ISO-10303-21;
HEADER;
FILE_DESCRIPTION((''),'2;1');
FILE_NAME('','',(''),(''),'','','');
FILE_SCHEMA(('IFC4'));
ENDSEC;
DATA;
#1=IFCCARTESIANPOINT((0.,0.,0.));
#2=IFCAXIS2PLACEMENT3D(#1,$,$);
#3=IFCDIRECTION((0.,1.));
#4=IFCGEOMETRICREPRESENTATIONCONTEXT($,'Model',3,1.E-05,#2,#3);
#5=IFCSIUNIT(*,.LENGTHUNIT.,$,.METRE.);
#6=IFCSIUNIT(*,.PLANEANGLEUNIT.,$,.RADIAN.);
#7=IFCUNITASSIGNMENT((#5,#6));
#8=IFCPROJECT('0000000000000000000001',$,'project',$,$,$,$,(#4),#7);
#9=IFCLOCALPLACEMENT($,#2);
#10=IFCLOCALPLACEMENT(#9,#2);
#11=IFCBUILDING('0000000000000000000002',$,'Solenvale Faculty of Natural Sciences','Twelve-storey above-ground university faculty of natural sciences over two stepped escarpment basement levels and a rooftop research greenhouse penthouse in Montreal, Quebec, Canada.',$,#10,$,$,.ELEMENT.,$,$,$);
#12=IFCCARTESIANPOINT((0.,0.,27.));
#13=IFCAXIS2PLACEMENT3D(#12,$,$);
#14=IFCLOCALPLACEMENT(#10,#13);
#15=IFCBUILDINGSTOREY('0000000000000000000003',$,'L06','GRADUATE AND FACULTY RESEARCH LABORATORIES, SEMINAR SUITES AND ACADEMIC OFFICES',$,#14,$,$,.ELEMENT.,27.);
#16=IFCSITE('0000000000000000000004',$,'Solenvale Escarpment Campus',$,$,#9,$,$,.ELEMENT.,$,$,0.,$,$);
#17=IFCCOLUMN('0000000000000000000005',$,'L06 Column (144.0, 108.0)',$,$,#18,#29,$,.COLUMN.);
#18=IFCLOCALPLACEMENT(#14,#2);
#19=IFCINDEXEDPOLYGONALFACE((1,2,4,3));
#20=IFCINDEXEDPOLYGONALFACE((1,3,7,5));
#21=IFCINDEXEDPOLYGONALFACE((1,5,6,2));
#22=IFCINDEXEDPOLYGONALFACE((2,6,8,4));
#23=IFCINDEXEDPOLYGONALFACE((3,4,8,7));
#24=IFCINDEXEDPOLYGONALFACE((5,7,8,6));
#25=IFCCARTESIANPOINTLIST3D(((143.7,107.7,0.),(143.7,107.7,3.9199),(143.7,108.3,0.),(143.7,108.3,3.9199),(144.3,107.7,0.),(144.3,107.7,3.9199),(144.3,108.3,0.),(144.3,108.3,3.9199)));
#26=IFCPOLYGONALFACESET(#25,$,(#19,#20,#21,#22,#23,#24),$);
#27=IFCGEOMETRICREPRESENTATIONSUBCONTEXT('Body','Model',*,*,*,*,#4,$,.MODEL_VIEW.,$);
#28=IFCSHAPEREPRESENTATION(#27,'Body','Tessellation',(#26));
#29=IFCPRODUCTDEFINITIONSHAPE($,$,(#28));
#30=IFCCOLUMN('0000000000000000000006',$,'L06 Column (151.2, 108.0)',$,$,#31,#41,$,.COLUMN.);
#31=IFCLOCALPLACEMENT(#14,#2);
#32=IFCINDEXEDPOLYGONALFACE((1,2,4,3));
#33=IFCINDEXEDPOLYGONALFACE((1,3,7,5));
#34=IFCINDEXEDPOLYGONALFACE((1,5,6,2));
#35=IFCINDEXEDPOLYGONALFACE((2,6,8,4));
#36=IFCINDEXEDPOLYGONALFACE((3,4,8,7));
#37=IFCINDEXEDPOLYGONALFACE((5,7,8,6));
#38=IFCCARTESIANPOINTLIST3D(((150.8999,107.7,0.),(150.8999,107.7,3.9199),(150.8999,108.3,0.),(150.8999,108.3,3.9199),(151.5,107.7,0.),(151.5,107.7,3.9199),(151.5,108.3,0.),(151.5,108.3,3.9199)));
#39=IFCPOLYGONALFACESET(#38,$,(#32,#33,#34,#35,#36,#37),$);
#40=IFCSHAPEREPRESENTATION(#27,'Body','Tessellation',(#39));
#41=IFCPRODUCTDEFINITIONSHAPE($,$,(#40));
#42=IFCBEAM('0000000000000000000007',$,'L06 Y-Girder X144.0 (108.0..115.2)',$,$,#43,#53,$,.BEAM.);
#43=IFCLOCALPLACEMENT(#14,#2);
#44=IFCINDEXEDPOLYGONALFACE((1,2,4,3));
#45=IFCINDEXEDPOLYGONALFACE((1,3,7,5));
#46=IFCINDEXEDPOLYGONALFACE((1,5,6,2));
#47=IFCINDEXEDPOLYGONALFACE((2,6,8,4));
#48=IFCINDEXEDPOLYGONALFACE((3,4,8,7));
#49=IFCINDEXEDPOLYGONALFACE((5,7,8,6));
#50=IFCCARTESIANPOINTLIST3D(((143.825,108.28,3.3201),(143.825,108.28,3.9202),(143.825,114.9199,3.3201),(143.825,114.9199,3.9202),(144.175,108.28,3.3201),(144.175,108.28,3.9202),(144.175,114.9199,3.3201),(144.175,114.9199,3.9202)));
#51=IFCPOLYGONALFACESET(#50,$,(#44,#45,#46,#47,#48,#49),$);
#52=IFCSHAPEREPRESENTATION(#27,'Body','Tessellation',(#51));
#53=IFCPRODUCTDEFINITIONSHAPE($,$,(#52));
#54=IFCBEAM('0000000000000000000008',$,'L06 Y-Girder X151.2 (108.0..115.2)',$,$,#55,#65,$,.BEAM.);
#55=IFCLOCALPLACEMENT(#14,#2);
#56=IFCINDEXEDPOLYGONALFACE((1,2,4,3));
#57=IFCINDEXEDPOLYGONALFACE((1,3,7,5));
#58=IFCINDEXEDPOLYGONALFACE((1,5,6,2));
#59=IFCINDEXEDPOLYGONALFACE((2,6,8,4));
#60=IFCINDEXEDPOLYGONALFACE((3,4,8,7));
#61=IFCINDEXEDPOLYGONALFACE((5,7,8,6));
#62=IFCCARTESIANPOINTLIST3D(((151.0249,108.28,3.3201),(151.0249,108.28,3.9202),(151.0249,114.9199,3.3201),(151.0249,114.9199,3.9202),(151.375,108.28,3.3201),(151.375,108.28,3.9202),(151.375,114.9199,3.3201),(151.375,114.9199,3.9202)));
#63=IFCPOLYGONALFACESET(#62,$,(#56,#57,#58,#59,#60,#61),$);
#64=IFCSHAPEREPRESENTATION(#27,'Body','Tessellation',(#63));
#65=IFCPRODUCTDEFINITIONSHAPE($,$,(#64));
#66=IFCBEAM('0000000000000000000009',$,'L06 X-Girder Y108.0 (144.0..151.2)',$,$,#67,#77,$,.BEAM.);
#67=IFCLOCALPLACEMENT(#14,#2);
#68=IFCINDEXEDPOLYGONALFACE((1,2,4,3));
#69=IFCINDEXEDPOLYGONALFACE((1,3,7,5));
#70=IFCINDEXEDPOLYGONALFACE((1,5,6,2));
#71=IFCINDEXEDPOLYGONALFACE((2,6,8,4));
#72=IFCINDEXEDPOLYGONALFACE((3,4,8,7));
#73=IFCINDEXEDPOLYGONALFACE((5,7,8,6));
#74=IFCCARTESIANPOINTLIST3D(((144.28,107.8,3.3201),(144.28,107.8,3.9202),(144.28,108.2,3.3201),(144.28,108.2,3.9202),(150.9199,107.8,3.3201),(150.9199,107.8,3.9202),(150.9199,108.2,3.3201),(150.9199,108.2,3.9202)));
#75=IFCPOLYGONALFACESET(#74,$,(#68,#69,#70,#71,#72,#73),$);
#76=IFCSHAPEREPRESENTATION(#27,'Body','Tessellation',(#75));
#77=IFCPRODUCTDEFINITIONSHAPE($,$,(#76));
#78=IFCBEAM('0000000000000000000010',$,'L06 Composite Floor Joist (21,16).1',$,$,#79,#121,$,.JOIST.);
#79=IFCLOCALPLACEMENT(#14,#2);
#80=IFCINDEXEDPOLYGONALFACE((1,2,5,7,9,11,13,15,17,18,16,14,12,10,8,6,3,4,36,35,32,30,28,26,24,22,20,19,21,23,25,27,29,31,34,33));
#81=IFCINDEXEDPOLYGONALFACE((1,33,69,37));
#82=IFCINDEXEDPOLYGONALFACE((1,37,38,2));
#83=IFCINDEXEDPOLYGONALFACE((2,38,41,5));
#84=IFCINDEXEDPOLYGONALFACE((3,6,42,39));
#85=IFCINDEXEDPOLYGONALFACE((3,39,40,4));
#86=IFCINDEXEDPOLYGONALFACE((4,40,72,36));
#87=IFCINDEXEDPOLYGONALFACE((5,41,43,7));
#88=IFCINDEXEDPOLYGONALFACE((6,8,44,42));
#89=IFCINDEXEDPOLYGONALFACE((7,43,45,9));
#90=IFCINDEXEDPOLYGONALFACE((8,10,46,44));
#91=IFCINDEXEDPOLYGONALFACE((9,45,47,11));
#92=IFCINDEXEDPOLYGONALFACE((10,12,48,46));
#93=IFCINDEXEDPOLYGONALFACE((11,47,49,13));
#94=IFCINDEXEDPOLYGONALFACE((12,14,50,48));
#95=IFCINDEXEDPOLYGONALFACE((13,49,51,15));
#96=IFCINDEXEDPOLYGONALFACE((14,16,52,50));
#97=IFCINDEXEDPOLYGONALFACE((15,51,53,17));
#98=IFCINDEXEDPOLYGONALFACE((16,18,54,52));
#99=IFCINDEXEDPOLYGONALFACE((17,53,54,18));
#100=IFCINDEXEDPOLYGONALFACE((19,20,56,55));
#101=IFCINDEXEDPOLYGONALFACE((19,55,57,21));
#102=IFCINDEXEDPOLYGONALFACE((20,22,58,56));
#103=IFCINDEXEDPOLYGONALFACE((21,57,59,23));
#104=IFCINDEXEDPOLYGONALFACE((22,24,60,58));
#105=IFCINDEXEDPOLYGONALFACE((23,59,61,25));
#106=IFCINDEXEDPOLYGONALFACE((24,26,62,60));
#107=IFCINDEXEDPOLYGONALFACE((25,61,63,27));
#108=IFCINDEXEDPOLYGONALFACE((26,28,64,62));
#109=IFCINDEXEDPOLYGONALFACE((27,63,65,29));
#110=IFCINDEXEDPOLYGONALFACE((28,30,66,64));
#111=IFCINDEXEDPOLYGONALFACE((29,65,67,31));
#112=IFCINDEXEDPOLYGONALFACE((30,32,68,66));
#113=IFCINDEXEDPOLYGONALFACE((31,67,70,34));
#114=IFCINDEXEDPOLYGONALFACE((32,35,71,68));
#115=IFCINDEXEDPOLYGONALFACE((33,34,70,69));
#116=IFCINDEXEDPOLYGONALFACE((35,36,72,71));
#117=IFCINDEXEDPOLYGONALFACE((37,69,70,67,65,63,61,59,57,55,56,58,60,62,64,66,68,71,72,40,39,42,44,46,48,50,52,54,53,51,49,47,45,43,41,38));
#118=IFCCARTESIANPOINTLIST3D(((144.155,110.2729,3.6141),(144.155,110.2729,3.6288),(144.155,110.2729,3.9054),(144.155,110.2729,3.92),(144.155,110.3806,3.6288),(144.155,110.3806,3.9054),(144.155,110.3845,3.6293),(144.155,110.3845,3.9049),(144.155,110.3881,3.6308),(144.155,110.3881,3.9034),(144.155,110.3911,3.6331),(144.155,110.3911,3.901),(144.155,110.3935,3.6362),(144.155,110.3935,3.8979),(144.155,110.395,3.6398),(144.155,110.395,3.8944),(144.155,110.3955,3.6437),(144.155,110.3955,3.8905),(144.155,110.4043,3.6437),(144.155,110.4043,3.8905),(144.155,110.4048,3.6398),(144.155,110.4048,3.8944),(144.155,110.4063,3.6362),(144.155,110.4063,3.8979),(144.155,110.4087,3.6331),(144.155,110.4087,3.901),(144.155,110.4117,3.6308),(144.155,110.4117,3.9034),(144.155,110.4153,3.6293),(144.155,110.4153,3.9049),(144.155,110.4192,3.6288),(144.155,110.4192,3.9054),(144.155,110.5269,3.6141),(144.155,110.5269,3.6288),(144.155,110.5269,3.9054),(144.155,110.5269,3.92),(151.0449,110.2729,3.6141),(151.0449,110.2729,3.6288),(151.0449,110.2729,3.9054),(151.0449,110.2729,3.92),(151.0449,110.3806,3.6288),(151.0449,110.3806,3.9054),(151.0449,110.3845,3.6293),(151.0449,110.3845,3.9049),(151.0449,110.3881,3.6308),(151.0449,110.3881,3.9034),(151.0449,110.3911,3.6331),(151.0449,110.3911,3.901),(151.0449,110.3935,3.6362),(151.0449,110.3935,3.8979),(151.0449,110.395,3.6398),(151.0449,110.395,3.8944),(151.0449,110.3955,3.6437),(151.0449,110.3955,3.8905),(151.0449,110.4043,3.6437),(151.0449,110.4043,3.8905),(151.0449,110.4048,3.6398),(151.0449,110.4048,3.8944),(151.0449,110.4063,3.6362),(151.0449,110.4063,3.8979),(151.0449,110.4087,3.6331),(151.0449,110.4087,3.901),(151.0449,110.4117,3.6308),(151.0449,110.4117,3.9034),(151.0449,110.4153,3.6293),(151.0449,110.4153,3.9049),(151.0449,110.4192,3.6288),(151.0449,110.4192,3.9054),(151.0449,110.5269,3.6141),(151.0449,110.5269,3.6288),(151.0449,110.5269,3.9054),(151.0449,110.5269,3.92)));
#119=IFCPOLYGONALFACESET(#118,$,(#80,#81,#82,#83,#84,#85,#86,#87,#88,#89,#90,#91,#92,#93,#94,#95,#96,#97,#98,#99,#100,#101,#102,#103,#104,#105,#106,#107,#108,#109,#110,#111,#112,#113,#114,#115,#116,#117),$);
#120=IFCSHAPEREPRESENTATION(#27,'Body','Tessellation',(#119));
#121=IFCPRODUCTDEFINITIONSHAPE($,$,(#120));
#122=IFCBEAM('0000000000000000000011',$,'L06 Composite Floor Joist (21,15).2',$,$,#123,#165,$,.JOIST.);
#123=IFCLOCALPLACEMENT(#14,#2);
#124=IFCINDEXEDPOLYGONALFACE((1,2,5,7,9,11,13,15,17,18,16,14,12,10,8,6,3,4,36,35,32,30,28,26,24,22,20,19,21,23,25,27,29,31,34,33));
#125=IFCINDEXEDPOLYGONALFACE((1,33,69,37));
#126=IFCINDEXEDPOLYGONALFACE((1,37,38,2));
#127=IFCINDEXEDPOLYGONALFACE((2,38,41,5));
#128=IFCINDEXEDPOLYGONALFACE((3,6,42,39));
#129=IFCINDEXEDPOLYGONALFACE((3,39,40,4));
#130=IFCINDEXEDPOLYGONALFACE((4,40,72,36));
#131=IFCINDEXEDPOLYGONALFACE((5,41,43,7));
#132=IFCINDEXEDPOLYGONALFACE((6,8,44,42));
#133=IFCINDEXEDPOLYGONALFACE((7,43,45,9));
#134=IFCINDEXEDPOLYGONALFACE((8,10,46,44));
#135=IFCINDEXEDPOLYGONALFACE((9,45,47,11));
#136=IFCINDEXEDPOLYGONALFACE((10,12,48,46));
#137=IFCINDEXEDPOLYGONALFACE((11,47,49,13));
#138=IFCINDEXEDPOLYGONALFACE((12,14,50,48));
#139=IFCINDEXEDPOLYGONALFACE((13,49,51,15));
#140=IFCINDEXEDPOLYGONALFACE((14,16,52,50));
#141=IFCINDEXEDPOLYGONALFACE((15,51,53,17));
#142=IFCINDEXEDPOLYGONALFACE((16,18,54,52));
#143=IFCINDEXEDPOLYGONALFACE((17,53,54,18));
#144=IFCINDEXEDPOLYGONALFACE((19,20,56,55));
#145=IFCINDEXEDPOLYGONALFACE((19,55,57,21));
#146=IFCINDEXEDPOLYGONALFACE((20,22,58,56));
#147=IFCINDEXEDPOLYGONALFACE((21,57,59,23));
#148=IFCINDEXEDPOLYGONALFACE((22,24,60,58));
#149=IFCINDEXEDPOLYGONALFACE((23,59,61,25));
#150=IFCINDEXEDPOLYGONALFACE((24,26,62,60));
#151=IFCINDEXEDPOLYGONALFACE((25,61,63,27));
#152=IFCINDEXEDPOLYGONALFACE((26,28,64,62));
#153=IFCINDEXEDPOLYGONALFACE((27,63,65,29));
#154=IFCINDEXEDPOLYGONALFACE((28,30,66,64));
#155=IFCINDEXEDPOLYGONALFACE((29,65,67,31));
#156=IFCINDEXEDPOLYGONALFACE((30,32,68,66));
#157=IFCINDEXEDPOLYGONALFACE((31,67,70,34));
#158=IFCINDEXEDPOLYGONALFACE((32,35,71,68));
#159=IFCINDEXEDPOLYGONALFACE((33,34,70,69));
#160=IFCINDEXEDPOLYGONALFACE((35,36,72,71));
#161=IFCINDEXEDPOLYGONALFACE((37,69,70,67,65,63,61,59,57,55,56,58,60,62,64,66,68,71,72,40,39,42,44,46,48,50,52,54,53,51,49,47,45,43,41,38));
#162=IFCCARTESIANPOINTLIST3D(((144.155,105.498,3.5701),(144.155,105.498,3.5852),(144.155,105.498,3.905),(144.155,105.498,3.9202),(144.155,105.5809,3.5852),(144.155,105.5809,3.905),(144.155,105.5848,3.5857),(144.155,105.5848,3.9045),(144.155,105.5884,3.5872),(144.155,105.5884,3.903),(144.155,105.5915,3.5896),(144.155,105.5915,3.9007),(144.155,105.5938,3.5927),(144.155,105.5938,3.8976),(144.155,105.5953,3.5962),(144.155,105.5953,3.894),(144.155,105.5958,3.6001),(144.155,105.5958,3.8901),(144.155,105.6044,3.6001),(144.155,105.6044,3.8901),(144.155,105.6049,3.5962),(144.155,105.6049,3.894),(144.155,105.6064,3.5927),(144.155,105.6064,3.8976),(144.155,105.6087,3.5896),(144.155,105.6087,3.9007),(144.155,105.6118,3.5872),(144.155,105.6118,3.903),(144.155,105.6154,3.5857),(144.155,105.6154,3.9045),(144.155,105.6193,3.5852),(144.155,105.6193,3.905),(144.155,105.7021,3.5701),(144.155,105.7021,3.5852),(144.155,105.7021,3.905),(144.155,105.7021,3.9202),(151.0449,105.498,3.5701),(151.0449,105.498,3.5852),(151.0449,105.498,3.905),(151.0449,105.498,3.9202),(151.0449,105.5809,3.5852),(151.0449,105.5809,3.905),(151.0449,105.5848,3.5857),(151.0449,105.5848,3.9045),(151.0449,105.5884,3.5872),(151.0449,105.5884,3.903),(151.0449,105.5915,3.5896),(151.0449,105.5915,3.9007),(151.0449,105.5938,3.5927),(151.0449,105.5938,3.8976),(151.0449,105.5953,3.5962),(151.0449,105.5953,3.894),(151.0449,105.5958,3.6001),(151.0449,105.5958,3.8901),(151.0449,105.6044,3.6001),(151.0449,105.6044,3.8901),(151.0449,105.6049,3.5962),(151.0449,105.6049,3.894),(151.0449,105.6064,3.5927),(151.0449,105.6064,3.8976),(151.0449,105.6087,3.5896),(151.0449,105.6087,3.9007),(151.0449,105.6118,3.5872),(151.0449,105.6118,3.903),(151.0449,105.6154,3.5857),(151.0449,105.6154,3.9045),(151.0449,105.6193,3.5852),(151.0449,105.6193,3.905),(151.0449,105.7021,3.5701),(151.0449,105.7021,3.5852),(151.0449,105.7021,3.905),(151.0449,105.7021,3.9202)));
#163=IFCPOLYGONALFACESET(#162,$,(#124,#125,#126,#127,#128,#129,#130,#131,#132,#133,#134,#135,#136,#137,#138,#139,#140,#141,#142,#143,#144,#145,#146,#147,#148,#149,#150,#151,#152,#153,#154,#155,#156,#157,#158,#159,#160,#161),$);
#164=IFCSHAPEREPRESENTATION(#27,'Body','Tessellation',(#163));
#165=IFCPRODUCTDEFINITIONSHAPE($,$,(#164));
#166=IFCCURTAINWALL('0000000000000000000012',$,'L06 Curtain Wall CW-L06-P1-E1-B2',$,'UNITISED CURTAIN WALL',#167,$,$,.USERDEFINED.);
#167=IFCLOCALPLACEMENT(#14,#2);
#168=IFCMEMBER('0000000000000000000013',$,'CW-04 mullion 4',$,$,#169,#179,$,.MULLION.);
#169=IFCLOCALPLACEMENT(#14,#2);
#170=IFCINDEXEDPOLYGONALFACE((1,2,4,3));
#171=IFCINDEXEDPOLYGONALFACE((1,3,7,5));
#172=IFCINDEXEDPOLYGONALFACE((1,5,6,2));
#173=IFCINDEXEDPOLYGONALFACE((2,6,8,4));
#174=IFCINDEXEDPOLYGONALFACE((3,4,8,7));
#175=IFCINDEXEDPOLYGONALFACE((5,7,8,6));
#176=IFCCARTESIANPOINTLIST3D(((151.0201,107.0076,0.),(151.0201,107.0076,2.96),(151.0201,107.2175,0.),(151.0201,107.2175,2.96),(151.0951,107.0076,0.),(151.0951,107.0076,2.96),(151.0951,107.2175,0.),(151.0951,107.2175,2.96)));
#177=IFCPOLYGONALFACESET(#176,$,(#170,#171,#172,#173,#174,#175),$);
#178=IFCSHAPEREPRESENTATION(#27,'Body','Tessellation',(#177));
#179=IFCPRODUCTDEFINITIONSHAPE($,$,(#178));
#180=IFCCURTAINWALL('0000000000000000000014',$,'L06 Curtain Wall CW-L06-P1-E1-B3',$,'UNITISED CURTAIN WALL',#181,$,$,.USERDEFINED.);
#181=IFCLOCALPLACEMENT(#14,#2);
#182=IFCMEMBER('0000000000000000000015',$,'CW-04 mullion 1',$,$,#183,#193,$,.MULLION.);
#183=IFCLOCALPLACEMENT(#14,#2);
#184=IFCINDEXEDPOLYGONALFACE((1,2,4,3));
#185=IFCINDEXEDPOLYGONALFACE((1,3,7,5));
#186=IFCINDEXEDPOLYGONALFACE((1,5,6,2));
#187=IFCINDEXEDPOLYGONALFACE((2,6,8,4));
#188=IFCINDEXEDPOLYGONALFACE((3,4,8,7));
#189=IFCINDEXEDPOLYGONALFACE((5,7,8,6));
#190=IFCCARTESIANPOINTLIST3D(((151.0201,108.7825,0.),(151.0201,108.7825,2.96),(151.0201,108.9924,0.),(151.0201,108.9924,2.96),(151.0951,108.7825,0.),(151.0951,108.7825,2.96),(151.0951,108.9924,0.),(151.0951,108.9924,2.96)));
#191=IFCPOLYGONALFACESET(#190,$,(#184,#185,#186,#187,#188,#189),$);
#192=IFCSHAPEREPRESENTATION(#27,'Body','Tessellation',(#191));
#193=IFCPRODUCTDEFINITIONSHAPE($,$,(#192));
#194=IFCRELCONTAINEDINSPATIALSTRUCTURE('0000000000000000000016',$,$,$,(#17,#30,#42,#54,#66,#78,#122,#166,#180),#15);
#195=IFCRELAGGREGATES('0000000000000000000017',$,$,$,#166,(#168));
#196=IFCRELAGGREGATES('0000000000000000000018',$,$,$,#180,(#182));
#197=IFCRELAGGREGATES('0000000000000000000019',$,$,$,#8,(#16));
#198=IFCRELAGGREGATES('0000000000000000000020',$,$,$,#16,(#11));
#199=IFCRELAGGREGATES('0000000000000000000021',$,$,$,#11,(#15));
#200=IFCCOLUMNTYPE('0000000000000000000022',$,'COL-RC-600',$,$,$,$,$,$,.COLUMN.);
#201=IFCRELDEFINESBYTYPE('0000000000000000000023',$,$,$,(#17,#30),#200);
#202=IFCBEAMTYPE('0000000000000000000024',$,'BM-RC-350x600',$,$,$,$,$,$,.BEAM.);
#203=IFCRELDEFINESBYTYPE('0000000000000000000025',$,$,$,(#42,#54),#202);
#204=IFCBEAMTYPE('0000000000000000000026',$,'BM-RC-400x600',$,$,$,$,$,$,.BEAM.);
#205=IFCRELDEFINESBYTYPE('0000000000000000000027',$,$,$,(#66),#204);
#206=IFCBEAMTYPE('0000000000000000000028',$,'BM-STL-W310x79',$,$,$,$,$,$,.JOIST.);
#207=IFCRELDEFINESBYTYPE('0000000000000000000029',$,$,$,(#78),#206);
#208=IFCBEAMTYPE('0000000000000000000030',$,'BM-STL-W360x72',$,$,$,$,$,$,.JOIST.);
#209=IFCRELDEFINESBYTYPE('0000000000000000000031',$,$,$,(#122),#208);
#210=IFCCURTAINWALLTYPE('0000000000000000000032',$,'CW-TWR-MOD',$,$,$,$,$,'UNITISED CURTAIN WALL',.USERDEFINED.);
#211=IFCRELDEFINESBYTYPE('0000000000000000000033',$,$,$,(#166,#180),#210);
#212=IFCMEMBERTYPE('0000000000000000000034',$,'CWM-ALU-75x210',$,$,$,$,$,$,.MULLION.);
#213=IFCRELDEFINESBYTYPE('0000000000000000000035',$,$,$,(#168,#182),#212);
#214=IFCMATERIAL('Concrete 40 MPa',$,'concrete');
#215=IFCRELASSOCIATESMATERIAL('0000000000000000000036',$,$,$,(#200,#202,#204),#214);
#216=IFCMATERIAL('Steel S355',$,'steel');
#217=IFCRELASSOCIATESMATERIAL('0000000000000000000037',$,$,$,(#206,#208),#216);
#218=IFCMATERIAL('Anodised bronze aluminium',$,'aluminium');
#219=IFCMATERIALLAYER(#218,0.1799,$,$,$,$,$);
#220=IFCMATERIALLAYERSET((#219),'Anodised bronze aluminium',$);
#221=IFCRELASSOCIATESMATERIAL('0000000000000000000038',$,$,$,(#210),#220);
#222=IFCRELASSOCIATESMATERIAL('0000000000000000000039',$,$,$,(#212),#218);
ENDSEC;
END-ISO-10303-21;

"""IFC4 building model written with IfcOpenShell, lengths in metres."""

from ifc_helpers import new_model, si_unit, direction, frame, origin, origin_2d, place, context, subcontext, project, spatial, rectangle, i_section, extrude, material, layer, layer_set, material_profile, profile_set, type_object, element, aggregate, save


model = new_model("IFC4")

# Units and contexts
model_context = context("Model", 3, precision=1e-05, world=origin(), true_north=direction((0.0, 1.0)))
body_context = subcontext(model_context, "Body", "Model", "MODEL_VIEW")
ifc_project = project(units=[si_unit("LENGTHUNIT", "METRE"), si_unit("PLANEANGLEUNIT", "RADIAN")], contexts=[model_context])

# Site, building, storey
site_placement = place(None, origin())
site = spatial("IfcSite", under=ifc_project, at=site_placement, Name="Solenvale Escarpment Campus", CompositionType="ELEMENT", RefElevation=0.0)
building_placement = place(site_placement, origin())
building = spatial("IfcBuilding", under=site, at=building_placement, Name="Solenvale Faculty of Natural Sciences", Description="Twelve-storey above-ground university faculty of natural sciences over two stepped escarpment basement levels and a rooftop research greenhouse penthouse in Montreal, Quebec, Canada.", CompositionType="ELEMENT")
storey_placement = place(building_placement, frame((0.0, 0.0, 27.0)))
storey = spatial("IfcBuildingStorey", under=building, at=storey_placement, Name="L06", Description="GRADUATE AND FACULTY RESEARCH LABORATORIES, SEMINAR SUITES AND ACADEMIC OFFICES", CompositionType="ELEMENT", Elevation=27.0)

# Columns
ifc_material_1 = material(Name="Concrete 40 MPa", Category="concrete")
ifc_material_profile_1 = material_profile(ifc_material_1, rectangle(XDim=0.6001, YDim=0.6001, at=origin_2d()), Name="RC-COL-600x600")
ifc_profile_set_1 = profile_set([ifc_material_profile_1], Name="Concrete 40 MPa")
column_type = type_object("IfcColumnType", Name="COL-RC-600", PredefinedType="COLUMN", material=ifc_profile_set_1)
for number, where, z_axis, x_axis, name in (
    (1, (144.0, 108.0, 0.0), (0.0, 0.0, 1.0), (1.0, 0.0, 0.0), "L06 Column (144.0, 108.0)"),
    (2, (151.2, 108.0, 0.0), (0.0, 0.0, 1.0), (1.0, 0.0, 0.0), "L06 Column (151.2, 108.0)"),
):
    element("IfcColumn", number, at=place(storey_placement, frame(where, z_axis=z_axis, x_axis=x_axis)), inside=storey, type_object=column_type, Name=name, PredefinedType="COLUMN", context=body_context, shape_type="SweptSolid", body=[
        extrude(rectangle(XDim=0.6001, YDim=0.6001, at=origin_2d()), origin(), (0.0, 0.0, 1.0), 3.9199),
    ])

# Beams
ifc_material_profile_2 = material_profile(ifc_material_1, rectangle(XDim=0.3501, YDim=0.6001, at=origin_2d()), Name="RC-BM-350x600")
ifc_profile_set_2 = profile_set([ifc_material_profile_2], Name="Concrete 40 MPa")
beam_type_1 = type_object("IfcBeamType", Name="BM-RC-350x600", PredefinedType="BEAM", material=ifc_profile_set_2)
for number, where, z_axis, x_axis, name in (
    (3, (144.0, 108.28, 3.6201), (0.0, 1.0, 0.0), (-1.0, 0.0, 0.0), "L06 Y-Girder X144.0 (108.0..115.2)"),
    (4, (151.2, 108.28, 3.6201), (0.0, 1.0, 0.0), (-1.0, 0.0, 0.0), "L06 Y-Girder X151.2 (108.0..115.2)"),
):
    element("IfcBeam", number, at=place(storey_placement, frame(where, z_axis=z_axis, x_axis=x_axis)), inside=storey, type_object=beam_type_1, Name=name, PredefinedType="BEAM", context=body_context, shape_type="SweptSolid", body=[
        extrude(rectangle(XDim=0.3501, YDim=0.6001, at=origin_2d()), origin(), (0.0, 0.0, 1.0), 6.6399),
    ])
ifc_material_profile_3 = material_profile(ifc_material_1, rectangle(XDim=0.3999, YDim=0.6001, at=origin_2d()), Name="RC-BM-400x600")
ifc_profile_set_3 = profile_set([ifc_material_profile_3], Name="Concrete 40 MPa")
beam_type_2 = type_object("IfcBeamType", Name="BM-RC-400x600", PredefinedType="BEAM", material=ifc_profile_set_3)
beam_1_placement = place(storey_placement, frame((144.28, 108.0, 3.6201), z_axis=(1.0, 0.0, 0.0), x_axis=(0.0, 1.0, 0.0)))
element("IfcBeam", 5, at=beam_1_placement, inside=storey, type_object=beam_type_2, Name="L06 X-Girder Y108.0 (144.0..151.2)", PredefinedType="BEAM", context=body_context, shape_type="SweptSolid", body=[
    extrude(rectangle(XDim=0.3999, YDim=0.6001, at=origin_2d()), origin(), (0.0, 0.0, 1.0), 6.6399),
])
ifc_material_2 = material(Name="Steel S355", Category="steel")
ifc_material_profile_4 = material_profile(ifc_material_2, i_section(OverallWidth=0.2539, OverallDepth=0.3059, WebThickness=0.0088, FlangeThickness=0.0146, FilletRadius=0.0149, at=origin_2d()), Name="W310x79")
ifc_profile_set_4 = profile_set([ifc_material_profile_4], Name="Steel S355")
beam_type_3 = type_object("IfcBeamType", Name="BM-STL-W310x79", PredefinedType="JOIST", material=ifc_profile_set_4)
beam_2_placement = place(storey_placement, frame((144.155, 110.3999, 3.7671), z_axis=(1.0, 0.0, 0.0), x_axis=(0.0, 1.0, 0.0)))
element("IfcBeam", 6, at=beam_2_placement, inside=storey, type_object=beam_type_3, Name="L06 Composite Floor Joist (21,16).1", PredefinedType="JOIST", context=body_context, shape_type="SweptSolid", body=[
    extrude(i_section(OverallWidth=0.2539, OverallDepth=0.3059, WebThickness=0.0088, FlangeThickness=0.0146, FilletRadius=0.0149, at=origin_2d()), origin(), (0.0, 0.0, 1.0), 6.8899),
])
ifc_material_profile_5 = material_profile(ifc_material_2, i_section(OverallWidth=0.2041, OverallDepth=0.3501, WebThickness=0.0085, FlangeThickness=0.0151, FilletRadius=0.0149, at=origin_2d()), Name="W360x72")
ifc_profile_set_5 = profile_set([ifc_material_profile_5], Name="Steel S355")
beam_type_4 = type_object("IfcBeamType", Name="BM-STL-W360x72", PredefinedType="JOIST", material=ifc_profile_set_5)
beam_3_placement = place(storey_placement, frame((144.155, 105.6001, 3.7451), z_axis=(1.0, 0.0, 0.0), x_axis=(0.0, 1.0, 0.0)))
element("IfcBeam", 7, at=beam_3_placement, inside=storey, type_object=beam_type_4, Name="L06 Composite Floor Joist (21,15).2", PredefinedType="JOIST", context=body_context, shape_type="SweptSolid", body=[
    extrude(i_section(OverallWidth=0.2041, OverallDepth=0.3501, WebThickness=0.0085, FlangeThickness=0.0151, FilletRadius=0.0149, at=origin_2d()), origin(), (0.0, 0.0, 1.0), 6.8899),
])

# Curtain wall, member
ifc_material_3 = material(Name="Anodised bronze aluminium", Category="aluminium")
ifc_layer_1 = layer(ifc_material_3, 0.1799)
ifc_layer_set_1 = layer_set([ifc_layer_1], Name="Anodised bronze aluminium")
curtain_wall_type = type_object("IfcCurtainWallType", Name="CW-TWR-MOD", ElementType="UNITISED CURTAIN WALL", PredefinedType="USERDEFINED", material=ifc_layer_set_1)
curtain_wall_1_placement = place(storey_placement, origin())
curtain_wall_1 = element("IfcCurtainWall", 8, at=curtain_wall_1_placement, inside=storey, type_object=curtain_wall_type, Name="L06 Curtain Wall CW-L06-P1-E1-B2", ObjectType="UNITISED CURTAIN WALL", PredefinedType="USERDEFINED")
ifc_material_profile_6 = material_profile(ifc_material_3, rectangle(XDim=0.075, YDim=0.21, at=origin_2d()), Name="ALU-MUL-75x210")
ifc_profile_set_6 = profile_set([ifc_material_profile_6], Name="Anodised bronze aluminium")
member_type_1 = type_object("IfcMemberType", Name="CWM-ALU-75x210", PredefinedType="MULLION", material=ifc_profile_set_6)
member_1_placement = place(storey_placement, frame((151.0576, 107.1125, 0.0), z_axis=(0.0, 0.0, 1.0), x_axis=(-1.0, 0.0, 0.0)))
member_1 = element("IfcMember", 9, at=member_1_placement, type_object=member_type_1, Name="CW-04 mullion 4", PredefinedType="MULLION", context=body_context, shape_type="SweptSolid", body=[
    extrude(rectangle(XDim=0.075, YDim=0.21, at=origin_2d()), origin(), (0.0, 0.0, 1.0), 2.96),
])

# Curtain wall, member
curtain_wall_2_placement = place(storey_placement, origin())
curtain_wall_2 = element("IfcCurtainWall", 10, at=curtain_wall_2_placement, inside=storey, type_object=curtain_wall_type, Name="L06 Curtain Wall CW-L06-P1-E1-B3", ObjectType="UNITISED CURTAIN WALL", PredefinedType="USERDEFINED")
member_2_placement = place(storey_placement, frame((151.0576, 108.8875, 0.0), z_axis=(0.0, 0.0, 1.0), x_axis=(-1.0, 0.0, 0.0)))
member_2 = element("IfcMember", 11, at=member_2_placement, type_object=member_type_1, Name="CW-04 mullion 1", PredefinedType="MULLION", context=body_context, shape_type="SweptSolid", body=[
    extrude(rectangle(XDim=0.075, YDim=0.21, at=origin_2d()), origin(), (0.0, 0.0, 1.0), 2.96),
])

aggregate(curtain_wall_1, [member_1])
aggregate(curtain_wall_2, [member_2])

save(model, "model.ifc")
